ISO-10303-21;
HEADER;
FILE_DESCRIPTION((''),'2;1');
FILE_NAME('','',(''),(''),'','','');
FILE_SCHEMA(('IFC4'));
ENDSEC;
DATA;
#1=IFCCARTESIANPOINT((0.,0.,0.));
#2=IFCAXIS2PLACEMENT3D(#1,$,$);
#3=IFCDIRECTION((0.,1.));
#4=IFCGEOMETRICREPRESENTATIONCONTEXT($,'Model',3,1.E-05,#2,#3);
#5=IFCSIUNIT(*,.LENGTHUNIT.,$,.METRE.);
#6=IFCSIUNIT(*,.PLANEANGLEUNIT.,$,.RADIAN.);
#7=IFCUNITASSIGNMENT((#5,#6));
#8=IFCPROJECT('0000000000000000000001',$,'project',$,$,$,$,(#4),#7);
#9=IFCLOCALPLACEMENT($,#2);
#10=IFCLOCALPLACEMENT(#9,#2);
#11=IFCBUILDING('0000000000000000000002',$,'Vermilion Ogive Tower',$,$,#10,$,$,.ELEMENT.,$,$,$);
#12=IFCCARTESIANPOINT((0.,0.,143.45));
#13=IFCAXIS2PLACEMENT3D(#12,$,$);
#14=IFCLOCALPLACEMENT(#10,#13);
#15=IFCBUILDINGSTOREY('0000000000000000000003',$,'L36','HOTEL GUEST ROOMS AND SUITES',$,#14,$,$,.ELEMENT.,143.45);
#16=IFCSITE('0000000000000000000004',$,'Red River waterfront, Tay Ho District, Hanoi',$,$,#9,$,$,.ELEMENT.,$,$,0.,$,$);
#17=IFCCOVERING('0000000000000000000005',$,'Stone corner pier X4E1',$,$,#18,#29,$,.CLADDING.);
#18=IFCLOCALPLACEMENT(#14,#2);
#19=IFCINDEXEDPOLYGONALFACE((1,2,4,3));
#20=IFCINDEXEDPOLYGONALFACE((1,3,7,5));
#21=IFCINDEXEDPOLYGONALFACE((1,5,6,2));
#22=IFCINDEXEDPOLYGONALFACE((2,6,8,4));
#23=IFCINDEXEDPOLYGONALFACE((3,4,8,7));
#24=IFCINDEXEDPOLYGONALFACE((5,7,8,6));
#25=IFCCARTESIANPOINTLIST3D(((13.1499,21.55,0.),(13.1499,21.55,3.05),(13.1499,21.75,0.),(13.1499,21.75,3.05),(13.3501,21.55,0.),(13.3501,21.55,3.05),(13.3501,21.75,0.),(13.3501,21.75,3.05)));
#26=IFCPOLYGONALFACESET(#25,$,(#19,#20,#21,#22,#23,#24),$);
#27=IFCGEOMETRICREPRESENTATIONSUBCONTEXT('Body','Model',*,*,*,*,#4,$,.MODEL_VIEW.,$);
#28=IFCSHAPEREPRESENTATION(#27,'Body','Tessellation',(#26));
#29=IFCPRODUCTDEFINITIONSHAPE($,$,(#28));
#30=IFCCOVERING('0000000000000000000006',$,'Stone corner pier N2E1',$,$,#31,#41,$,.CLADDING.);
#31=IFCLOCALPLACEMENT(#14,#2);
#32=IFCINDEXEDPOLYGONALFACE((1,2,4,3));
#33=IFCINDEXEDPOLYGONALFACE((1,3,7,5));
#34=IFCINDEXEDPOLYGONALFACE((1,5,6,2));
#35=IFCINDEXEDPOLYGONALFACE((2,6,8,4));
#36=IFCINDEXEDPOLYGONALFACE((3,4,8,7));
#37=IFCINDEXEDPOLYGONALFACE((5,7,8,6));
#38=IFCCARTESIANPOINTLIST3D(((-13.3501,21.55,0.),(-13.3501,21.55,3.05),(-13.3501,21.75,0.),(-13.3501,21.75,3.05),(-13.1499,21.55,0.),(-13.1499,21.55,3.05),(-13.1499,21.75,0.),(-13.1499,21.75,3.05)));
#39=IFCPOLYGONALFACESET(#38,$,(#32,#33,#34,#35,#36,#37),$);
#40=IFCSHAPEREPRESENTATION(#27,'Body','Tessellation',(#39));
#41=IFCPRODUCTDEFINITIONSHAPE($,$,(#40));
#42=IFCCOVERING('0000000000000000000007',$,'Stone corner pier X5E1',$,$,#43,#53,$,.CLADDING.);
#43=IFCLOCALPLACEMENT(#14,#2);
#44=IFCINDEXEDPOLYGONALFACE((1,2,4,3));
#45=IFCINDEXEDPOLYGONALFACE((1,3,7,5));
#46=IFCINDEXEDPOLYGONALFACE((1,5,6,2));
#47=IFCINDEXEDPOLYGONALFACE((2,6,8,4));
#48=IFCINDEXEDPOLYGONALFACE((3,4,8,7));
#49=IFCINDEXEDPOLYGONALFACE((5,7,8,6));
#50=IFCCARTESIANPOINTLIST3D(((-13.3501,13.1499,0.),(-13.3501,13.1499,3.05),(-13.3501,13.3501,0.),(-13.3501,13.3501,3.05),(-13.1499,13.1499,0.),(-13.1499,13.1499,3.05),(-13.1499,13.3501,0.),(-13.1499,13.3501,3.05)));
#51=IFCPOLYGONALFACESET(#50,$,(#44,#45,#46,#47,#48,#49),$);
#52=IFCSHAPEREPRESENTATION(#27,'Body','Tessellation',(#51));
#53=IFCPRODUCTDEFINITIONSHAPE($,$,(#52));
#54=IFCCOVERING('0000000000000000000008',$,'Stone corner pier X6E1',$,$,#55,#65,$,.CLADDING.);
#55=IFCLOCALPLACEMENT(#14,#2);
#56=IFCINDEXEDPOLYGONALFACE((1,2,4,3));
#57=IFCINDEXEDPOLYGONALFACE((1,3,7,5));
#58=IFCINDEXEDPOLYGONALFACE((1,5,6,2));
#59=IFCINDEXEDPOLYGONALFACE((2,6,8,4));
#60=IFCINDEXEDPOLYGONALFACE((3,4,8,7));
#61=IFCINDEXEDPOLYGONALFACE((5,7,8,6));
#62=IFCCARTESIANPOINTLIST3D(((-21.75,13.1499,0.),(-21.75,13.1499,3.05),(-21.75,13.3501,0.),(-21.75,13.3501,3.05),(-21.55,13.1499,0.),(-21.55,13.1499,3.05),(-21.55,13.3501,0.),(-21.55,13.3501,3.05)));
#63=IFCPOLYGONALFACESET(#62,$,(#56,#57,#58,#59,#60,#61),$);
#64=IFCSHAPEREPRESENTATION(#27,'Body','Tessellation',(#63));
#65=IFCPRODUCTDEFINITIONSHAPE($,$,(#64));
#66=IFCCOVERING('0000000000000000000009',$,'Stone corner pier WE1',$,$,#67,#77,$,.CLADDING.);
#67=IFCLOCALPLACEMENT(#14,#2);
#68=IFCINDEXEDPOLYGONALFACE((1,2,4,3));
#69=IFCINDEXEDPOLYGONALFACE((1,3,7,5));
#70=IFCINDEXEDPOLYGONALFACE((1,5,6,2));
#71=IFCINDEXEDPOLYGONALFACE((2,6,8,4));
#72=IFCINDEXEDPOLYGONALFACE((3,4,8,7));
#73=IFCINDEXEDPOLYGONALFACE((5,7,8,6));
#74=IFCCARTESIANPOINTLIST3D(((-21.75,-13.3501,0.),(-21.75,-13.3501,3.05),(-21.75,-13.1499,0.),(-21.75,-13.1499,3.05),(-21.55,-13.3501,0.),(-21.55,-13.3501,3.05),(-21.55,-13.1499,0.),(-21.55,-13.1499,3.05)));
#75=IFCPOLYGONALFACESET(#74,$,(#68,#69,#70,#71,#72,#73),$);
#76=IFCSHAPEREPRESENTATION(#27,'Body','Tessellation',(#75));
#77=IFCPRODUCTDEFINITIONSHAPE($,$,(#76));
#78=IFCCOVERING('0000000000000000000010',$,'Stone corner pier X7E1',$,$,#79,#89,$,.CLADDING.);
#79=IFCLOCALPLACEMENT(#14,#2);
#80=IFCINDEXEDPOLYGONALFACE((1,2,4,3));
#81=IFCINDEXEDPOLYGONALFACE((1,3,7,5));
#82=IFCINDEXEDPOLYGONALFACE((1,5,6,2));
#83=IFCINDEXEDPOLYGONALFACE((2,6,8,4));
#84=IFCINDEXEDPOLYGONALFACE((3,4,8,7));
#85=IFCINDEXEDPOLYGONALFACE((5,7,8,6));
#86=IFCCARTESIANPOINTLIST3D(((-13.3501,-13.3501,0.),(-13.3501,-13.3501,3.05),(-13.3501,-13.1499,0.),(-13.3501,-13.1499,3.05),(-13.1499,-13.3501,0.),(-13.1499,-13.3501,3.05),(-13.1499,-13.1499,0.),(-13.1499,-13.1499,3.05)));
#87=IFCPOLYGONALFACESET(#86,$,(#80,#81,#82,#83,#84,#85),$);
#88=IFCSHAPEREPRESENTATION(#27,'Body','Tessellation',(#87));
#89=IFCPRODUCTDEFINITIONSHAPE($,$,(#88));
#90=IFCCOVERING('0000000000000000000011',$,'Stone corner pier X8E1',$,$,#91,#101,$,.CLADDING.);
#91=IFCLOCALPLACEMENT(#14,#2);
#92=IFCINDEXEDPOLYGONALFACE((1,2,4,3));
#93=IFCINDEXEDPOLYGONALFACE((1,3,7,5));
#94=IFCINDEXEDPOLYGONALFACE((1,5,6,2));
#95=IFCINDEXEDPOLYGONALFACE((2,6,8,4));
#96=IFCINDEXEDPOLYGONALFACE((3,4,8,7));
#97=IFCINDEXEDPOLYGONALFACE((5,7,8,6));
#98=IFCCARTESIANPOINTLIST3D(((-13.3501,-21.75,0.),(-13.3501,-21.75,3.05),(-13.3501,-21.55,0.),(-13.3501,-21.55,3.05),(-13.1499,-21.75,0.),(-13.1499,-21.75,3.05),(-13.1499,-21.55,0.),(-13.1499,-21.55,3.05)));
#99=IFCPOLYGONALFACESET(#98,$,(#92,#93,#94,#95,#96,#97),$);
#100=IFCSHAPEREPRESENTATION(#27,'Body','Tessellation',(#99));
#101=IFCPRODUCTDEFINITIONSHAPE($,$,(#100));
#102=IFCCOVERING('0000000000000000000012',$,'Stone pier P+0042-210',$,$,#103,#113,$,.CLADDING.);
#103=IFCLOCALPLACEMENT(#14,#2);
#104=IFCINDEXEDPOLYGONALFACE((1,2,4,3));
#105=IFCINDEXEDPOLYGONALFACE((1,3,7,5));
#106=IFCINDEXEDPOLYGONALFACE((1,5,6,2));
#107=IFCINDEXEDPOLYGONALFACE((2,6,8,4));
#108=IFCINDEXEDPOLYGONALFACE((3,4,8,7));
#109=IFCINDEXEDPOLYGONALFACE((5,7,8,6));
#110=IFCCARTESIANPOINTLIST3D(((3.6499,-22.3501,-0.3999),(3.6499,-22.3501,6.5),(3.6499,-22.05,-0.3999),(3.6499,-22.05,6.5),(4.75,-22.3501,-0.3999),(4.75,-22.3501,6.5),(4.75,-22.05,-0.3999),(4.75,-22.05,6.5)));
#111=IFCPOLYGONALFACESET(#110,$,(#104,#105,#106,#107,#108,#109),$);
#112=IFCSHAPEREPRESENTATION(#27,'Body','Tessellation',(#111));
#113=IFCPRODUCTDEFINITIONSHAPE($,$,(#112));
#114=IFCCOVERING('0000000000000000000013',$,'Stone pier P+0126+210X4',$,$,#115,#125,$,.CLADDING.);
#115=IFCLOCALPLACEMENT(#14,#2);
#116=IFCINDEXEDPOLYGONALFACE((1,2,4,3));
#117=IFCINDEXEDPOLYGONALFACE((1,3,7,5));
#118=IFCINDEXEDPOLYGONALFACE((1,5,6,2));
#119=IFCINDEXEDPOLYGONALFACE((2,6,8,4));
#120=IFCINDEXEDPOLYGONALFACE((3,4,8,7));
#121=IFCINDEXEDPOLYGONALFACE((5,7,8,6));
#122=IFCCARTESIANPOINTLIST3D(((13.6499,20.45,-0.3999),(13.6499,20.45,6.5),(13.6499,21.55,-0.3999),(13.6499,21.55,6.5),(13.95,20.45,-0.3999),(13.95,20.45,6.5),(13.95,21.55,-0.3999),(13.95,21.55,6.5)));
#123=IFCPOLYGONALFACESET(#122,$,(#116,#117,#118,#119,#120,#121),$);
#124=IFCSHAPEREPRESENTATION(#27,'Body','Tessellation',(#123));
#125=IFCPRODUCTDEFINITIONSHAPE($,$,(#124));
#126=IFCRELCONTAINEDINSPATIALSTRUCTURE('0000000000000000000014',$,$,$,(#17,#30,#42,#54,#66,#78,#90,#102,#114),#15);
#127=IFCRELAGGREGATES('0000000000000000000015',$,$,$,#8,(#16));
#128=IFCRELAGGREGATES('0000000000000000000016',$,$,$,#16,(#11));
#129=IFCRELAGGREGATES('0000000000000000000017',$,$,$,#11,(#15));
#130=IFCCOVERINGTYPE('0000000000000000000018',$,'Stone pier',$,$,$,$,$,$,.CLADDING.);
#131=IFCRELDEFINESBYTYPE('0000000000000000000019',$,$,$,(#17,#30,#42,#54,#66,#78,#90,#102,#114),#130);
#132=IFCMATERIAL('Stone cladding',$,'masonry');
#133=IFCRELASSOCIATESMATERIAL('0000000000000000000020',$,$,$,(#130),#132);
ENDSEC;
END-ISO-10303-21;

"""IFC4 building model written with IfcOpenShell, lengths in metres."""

from ifc_helpers import new_model, si_unit, direction, frame, origin, place, context, subcontext, project, spatial, polyline, outline, extrude, material, type_object, element, save


model = new_model("IFC4")

# Units and contexts
model_context = context("Model", 3, precision=1e-05, world=origin(), true_north=direction((0.0, 1.0)))
body_context = subcontext(model_context, "Body", "Model", "MODEL_VIEW")
ifc_project = project(units=[si_unit("LENGTHUNIT", "METRE"), si_unit("PLANEANGLEUNIT", "RADIAN")], contexts=[model_context])

# Site, building, storey
site_placement = place(None, origin())
site = spatial("IfcSite", under=ifc_project, at=site_placement, Name="Red River waterfront, Tay Ho District, Hanoi", CompositionType="ELEMENT", RefElevation=0.0)
building_placement = place(site_placement, origin())
building = spatial("IfcBuilding", under=site, at=building_placement, Name="Vermilion Ogive Tower", CompositionType="ELEMENT")
storey_placement = place(building_placement, frame((0.0, 0.0, 143.45)))
storey = spatial("IfcBuildingStorey", under=building, at=storey_placement, Name="L36", Description="HOTEL GUEST ROOMS AND SUITES", CompositionType="ELEMENT", Elevation=143.45)

# Coverings
ifc_material_1 = material(Name="Stone cladding", Category="masonry")
covering_type_1 = type_object("IfcCoveringType", Name="Stone pier", PredefinedType="CLADDING", material=ifc_material_1)
covering_1_placement = place(storey_placement, origin())
element("IfcCovering", 1, at=covering_1_placement, inside=storey, type_object=covering_type_1, Name="Stone corner pier X4E1", PredefinedType="CLADDING", context=body_context, shape_type="SweptSolid", body=[
    extrude(outline(polyline([(13.3501, 21.55), (13.1499, 21.55), (13.1499, 21.75), (13.3501, 21.75), (13.3501, 21.55)])), origin(), (0.0, 0.0, 1.0), 3.05),
])
covering_2_placement = place(storey_placement, origin())
element("IfcCovering", 2, at=covering_2_placement, inside=storey, type_object=covering_type_1, Name="Stone corner pier N2E1", PredefinedType="CLADDING", context=body_context, shape_type="SweptSolid", body=[
    extrude(outline(polyline([(-13.1499, 21.75), (-13.1499, 21.55), (-13.3501, 21.55), (-13.3501, 21.75), (-13.1499, 21.75)])), origin(), (0.0, 0.0, 1.0), 3.05),
])
covering_3_placement = place(storey_placement, origin())
element("IfcCovering", 3, at=covering_3_placement, inside=storey, type_object=covering_type_1, Name="Stone corner pier X5E1", PredefinedType="CLADDING", context=body_context, shape_type="SweptSolid", body=[
    extrude(outline(polyline([(-13.1499, 13.1499), (-13.3501, 13.1499), (-13.3501, 13.3501), (-13.1499, 13.3501), (-13.1499, 13.1499)])), origin(), (0.0, 0.0, 1.0), 3.05),
])
covering_4_placement = place(storey_placement, origin())
element("IfcCovering", 4, at=covering_4_placement, inside=storey, type_object=covering_type_1, Name="Stone corner pier X6E1", PredefinedType="CLADDING", context=body_context, shape_type="SweptSolid", body=[
    extrude(outline(polyline([(-21.55, 13.3501), (-21.55, 13.1499), (-21.75, 13.1499), (-21.75, 13.3501), (-21.55, 13.3501)])), origin(), (0.0, 0.0, 1.0), 3.05),
])
covering_5_placement = place(storey_placement, origin())
element("IfcCovering", 5, at=covering_5_placement, inside=storey, type_object=covering_type_1, Name="Stone corner pier WE1", PredefinedType="CLADDING", context=body_context, shape_type="SweptSolid", body=[
    extrude(outline(polyline([(-21.75, -13.1499), (-21.55, -13.1499), (-21.55, -13.3501), (-21.75, -13.3501), (-21.75, -13.1499)])), origin(), (0.0, 0.0, 1.0), 3.05),
])
covering_6_placement = place(storey_placement, origin())
element("IfcCovering", 6, at=covering_6_placement, inside=storey, type_object=covering_type_1, Name="Stone corner pier X7E1", PredefinedType="CLADDING", context=body_context, shape_type="SweptSolid", body=[
    extrude(outline(polyline([(-13.1499, -13.1499), (-13.1499, -13.3501), (-13.3501, -13.3501), (-13.3501, -13.1499), (-13.1499, -13.1499)])), origin(), (0.0, 0.0, 1.0), 3.05),
])
covering_7_placement = place(storey_placement, origin())
element("IfcCovering", 7, at=covering_7_placement, inside=storey, type_object=covering_type_1, Name="Stone corner pier X8E1", PredefinedType="CLADDING", context=body_context, shape_type="SweptSolid", body=[
    extrude(outline(polyline([(-13.3501, -21.55), (-13.1499, -21.55), (-13.1499, -21.75), (-13.3501, -21.75), (-13.3501, -21.55)])), origin(), (0.0, 0.0, 1.0), 3.05),
])
covering_8_placement = place(storey_placement, frame((0.0, 0.0, -0.3999)))
element("IfcCovering", 8, at=covering_8_placement, inside=storey, type_object=covering_type_1, Name="Stone pier P+0042-210", PredefinedType="CLADDING", context=body_context, shape_type="SweptSolid", body=[
    extrude(outline(polyline([(4.75, -22.3501), (3.6499, -22.3501), (3.6499, -22.05), (4.75, -22.05), (4.75, -22.3501)])), origin(), (0.0, 0.0, 1.0), 6.8999),
])
covering_9_placement = place(storey_placement, frame((0.0, 0.0, -0.3999)))
element("IfcCovering", 9, at=covering_9_placement, inside=storey, type_object=covering_type_1, Name="Stone pier P+0126+210X4", PredefinedType="CLADDING", context=body_context, shape_type="SweptSolid", body=[
    extrude(outline(polyline([(13.95, 21.55), (13.95, 20.45), (13.6499, 20.45), (13.6499, 21.55), (13.95, 21.55)])), origin(), (0.0, 0.0, 1.0), 6.8999),
])

save(model, "model.ifc")
